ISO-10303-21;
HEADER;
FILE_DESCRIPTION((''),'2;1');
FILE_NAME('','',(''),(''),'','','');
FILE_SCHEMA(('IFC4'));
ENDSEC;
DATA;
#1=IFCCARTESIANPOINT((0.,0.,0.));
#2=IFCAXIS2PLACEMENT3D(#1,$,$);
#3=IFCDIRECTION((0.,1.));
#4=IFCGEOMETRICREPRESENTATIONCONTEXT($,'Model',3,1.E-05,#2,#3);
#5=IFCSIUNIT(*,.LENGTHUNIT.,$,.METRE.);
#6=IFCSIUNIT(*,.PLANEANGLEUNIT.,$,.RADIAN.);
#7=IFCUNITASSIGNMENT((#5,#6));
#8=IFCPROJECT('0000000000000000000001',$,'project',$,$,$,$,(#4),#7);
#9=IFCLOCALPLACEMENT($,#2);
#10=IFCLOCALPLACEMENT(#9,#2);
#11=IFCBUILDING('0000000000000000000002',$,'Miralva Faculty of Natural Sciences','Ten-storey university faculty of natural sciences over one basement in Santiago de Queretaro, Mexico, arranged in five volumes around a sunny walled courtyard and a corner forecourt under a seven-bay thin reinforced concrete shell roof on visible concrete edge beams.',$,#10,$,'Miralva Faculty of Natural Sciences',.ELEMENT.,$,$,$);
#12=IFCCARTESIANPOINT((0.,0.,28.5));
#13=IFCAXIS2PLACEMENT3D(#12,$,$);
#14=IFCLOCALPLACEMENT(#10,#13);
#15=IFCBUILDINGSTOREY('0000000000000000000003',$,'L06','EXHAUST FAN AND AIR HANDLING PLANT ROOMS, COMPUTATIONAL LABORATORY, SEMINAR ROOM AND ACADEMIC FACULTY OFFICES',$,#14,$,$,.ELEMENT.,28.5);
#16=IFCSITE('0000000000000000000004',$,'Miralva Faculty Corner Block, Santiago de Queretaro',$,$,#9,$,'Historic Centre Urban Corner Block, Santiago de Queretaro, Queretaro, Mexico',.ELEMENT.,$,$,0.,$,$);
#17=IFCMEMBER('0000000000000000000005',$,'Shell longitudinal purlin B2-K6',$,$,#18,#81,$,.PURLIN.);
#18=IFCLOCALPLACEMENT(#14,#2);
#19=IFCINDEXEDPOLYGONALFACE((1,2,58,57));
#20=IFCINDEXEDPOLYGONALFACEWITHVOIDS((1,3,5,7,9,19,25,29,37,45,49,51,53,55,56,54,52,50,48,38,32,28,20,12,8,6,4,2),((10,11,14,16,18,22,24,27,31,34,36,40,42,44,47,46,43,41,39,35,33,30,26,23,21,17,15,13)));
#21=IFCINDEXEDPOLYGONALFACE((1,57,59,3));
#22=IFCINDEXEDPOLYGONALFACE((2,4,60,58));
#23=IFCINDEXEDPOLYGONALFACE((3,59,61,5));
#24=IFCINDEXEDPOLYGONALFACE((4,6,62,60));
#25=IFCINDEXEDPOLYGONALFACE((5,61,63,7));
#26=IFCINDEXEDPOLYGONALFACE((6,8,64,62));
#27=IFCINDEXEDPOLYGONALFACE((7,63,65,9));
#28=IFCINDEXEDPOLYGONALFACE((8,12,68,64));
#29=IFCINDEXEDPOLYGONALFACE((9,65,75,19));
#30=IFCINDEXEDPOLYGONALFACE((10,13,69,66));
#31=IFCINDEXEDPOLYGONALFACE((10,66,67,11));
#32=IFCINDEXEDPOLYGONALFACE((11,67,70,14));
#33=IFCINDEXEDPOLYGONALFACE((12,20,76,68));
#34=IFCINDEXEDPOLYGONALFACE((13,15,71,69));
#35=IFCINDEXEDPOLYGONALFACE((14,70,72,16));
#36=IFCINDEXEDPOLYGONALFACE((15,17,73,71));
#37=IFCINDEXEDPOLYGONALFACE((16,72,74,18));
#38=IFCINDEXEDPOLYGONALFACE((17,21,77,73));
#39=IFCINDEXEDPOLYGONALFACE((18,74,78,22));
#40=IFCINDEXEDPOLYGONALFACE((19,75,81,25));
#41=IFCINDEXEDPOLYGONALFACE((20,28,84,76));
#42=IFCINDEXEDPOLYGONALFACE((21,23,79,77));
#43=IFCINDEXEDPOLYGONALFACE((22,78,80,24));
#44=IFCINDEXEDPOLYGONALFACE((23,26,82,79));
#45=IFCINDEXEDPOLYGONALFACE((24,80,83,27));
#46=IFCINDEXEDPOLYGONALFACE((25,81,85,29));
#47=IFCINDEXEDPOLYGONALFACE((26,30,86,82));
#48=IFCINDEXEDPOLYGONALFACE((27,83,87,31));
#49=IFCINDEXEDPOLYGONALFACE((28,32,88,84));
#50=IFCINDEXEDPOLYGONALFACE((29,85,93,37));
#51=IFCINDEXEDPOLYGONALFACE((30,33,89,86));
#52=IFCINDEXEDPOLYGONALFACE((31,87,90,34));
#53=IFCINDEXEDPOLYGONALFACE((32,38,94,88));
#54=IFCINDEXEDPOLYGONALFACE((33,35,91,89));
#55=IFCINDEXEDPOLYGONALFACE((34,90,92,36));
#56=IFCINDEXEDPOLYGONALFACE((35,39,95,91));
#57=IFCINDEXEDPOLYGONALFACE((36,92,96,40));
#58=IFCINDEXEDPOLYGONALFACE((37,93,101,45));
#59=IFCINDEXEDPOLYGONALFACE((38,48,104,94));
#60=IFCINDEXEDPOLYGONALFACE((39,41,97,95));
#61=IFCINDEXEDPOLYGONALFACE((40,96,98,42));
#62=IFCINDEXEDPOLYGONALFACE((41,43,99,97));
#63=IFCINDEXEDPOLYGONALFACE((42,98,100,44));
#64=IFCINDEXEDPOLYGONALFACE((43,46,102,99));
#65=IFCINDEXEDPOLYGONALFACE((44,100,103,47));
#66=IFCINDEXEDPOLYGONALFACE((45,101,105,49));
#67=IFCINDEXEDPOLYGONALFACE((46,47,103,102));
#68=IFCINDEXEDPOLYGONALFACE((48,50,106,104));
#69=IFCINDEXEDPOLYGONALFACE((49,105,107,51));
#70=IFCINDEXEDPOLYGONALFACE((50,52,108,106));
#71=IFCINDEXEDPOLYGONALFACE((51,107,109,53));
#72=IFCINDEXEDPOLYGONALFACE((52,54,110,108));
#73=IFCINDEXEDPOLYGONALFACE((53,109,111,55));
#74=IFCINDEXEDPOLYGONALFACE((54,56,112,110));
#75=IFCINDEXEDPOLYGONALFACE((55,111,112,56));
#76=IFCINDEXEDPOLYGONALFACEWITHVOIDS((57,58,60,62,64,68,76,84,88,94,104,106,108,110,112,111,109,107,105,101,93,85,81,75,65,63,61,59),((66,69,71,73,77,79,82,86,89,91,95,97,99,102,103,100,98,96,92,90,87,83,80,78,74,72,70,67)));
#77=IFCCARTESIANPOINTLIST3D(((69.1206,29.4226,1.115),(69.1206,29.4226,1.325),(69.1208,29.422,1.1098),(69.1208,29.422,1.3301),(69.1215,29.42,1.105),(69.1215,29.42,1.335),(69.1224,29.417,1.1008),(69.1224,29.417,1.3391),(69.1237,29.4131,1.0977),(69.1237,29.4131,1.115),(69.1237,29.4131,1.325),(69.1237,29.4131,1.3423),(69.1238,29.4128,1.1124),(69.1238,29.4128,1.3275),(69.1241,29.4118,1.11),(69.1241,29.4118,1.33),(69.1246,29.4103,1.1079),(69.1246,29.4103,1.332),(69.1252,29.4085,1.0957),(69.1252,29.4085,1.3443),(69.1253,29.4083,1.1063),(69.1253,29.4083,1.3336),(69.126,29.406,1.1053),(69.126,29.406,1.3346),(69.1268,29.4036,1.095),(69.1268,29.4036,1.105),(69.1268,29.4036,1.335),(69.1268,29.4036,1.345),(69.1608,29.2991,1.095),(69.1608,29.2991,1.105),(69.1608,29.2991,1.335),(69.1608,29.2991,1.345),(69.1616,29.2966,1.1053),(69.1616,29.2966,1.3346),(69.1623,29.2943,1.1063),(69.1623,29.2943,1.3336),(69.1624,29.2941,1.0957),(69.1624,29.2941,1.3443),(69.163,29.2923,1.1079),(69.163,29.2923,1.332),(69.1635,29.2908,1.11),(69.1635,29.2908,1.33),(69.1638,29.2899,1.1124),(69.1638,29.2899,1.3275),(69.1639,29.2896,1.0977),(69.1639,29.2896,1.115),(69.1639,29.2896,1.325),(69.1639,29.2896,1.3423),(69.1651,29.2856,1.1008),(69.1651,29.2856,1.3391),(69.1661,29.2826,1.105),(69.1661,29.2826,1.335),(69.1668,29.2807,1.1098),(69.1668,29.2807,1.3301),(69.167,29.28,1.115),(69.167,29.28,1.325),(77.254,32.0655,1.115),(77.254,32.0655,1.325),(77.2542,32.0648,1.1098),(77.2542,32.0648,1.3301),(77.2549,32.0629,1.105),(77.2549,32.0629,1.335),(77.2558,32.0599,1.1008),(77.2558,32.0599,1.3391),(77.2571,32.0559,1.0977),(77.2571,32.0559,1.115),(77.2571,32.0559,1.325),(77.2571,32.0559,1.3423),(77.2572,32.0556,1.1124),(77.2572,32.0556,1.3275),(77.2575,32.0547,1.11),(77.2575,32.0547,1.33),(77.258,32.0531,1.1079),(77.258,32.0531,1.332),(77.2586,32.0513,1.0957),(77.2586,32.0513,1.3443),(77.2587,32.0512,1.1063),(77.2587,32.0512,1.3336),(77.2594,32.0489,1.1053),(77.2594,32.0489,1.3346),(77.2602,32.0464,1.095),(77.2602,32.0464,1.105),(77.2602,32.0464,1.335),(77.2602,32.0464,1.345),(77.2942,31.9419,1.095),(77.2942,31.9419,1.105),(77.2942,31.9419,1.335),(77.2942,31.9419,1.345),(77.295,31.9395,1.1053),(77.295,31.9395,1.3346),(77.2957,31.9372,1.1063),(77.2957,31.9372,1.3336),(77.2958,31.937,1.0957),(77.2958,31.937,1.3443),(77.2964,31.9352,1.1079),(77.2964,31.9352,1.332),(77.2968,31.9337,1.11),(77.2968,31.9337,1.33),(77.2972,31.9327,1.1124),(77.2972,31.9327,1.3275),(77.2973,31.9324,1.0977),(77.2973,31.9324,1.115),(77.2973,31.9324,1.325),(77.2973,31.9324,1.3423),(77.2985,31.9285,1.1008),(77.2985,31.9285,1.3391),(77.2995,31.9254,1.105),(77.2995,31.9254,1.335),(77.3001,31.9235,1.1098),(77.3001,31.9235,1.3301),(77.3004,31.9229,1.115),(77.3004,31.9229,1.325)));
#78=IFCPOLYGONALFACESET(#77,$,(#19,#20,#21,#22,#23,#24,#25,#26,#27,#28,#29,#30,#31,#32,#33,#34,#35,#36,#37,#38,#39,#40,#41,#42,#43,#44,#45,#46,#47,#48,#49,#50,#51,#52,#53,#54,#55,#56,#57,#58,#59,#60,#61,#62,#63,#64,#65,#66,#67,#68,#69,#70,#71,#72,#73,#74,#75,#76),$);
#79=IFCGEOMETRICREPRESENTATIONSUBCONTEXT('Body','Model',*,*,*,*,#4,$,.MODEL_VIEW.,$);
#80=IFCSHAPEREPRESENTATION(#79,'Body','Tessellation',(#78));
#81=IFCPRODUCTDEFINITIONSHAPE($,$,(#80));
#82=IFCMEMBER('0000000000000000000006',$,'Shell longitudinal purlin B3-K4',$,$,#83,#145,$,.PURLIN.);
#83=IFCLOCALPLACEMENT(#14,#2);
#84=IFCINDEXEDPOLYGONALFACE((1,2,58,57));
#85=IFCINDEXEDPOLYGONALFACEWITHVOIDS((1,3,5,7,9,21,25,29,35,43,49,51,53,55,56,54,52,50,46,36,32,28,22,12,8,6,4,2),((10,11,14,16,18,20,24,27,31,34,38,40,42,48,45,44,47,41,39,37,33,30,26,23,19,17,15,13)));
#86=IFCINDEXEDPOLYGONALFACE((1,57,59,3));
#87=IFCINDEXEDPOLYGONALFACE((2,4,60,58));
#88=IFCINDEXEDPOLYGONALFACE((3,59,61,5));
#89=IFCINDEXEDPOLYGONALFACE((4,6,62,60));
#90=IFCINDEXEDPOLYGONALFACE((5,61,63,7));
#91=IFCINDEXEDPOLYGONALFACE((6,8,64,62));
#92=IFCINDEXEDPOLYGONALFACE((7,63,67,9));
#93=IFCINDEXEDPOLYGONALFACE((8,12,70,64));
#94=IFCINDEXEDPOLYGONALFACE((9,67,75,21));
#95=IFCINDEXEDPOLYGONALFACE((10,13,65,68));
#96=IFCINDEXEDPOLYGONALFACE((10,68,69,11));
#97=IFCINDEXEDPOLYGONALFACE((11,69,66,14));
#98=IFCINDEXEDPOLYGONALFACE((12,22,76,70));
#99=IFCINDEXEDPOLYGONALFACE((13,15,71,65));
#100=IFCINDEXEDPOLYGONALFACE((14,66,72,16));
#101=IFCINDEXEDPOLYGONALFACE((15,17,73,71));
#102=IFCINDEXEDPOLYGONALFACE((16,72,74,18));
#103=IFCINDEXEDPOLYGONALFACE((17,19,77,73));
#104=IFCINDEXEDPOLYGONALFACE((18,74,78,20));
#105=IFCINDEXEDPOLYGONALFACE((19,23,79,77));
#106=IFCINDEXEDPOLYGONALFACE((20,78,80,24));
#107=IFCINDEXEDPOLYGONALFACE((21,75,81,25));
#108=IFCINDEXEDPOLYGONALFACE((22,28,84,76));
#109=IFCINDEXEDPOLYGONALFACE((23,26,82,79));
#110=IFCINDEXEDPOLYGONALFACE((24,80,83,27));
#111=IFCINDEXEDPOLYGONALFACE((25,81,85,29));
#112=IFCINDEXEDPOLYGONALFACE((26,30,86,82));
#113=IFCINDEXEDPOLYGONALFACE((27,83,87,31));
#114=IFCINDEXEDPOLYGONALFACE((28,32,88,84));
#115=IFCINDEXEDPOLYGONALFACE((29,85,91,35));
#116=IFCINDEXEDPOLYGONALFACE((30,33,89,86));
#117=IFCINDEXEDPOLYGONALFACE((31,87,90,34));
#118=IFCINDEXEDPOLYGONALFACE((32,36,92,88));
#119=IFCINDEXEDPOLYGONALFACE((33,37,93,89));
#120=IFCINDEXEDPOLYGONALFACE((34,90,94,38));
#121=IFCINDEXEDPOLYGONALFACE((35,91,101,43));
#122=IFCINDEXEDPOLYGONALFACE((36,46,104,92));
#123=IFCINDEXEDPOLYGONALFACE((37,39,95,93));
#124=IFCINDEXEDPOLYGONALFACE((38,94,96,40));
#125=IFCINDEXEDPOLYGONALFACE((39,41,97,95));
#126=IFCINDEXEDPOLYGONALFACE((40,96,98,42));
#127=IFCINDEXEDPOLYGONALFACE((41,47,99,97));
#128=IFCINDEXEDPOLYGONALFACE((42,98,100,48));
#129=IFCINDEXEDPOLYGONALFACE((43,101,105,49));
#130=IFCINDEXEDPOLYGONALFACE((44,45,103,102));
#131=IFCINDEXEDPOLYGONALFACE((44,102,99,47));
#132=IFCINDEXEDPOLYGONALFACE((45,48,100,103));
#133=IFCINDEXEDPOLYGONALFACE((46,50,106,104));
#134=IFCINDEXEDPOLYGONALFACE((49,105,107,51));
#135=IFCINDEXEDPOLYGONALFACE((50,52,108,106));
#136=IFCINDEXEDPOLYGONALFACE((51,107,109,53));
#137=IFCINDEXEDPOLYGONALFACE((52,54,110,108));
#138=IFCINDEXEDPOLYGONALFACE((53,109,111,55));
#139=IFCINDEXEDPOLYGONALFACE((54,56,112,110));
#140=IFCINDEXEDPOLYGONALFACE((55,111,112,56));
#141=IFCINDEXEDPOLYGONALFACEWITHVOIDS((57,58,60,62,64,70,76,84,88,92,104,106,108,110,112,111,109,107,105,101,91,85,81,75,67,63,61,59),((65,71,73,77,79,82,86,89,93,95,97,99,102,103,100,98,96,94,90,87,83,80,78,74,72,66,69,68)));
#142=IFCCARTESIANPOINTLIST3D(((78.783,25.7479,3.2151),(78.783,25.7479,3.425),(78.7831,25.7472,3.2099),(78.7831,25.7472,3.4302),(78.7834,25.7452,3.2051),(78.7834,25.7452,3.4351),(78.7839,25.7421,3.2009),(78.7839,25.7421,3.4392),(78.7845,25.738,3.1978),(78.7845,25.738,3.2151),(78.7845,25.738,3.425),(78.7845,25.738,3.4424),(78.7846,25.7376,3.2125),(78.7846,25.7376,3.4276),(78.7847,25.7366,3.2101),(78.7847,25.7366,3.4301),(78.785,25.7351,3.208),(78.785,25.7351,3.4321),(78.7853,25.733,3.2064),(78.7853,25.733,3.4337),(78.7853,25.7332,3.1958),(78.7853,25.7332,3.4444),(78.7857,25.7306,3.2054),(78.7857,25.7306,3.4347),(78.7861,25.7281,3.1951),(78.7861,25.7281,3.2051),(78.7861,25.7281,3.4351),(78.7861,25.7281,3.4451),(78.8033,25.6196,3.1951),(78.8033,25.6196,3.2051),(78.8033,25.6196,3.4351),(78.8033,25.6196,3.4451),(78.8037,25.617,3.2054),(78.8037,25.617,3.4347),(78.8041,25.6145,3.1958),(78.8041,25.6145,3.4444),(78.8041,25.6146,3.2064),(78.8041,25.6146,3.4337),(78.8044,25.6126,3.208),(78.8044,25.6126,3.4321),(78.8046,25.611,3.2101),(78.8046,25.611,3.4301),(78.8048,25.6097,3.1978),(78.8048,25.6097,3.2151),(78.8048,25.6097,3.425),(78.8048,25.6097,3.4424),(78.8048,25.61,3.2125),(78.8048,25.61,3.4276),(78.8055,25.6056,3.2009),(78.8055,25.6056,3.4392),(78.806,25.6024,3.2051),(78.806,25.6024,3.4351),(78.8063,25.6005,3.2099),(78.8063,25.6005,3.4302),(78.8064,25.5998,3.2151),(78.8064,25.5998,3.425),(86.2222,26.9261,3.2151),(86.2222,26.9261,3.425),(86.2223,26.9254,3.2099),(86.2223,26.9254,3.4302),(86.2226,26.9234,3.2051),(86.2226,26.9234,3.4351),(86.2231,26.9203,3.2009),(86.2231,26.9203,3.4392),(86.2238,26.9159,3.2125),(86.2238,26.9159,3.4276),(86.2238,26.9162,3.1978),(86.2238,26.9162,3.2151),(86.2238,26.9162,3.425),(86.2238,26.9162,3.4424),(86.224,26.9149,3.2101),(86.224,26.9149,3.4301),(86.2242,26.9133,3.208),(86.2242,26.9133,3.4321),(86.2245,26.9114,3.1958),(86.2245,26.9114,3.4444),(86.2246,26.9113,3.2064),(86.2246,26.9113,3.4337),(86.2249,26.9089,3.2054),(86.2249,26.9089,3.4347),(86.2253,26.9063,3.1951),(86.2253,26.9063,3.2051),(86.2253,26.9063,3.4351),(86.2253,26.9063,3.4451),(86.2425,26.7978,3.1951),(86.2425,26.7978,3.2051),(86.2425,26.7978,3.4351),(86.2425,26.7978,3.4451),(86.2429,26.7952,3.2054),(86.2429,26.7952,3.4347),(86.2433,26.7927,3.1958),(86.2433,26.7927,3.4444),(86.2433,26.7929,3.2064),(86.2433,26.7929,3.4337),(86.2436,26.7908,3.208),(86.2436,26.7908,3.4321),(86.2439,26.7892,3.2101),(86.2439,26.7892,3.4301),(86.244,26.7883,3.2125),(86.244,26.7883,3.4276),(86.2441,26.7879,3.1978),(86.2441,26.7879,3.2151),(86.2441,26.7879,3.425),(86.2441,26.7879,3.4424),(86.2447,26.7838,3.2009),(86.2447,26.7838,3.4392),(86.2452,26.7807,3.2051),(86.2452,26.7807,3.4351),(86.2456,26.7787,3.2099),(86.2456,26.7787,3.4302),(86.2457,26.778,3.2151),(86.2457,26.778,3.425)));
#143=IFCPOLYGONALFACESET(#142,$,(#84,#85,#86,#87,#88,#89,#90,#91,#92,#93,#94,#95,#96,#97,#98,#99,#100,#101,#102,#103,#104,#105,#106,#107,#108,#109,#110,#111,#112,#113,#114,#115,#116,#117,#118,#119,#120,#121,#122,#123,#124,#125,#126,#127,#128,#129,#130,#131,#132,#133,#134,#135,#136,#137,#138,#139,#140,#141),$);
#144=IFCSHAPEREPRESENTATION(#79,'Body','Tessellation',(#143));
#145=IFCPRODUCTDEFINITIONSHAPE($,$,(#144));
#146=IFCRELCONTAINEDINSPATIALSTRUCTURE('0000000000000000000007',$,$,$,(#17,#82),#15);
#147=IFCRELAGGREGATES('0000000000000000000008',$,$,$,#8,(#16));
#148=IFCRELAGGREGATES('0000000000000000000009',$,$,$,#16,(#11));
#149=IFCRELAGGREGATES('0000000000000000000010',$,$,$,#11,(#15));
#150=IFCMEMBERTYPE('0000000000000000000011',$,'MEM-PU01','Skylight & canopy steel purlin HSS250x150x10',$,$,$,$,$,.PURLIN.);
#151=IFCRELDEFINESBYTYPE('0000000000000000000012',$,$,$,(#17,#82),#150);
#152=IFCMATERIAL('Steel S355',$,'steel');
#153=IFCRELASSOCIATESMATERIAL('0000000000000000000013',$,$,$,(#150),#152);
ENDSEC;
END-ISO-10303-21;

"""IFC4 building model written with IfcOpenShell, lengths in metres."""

from ifc_helpers import new_model, si_unit, direction, frame, origin, origin_2d, place, context, subcontext, project, spatial, hollow_rectangle, extrude, material, material_profile, profile_set, type_object, element, save


model = new_model("IFC4")

# Units and contexts
model_context = context("Model", 3, precision=1e-05, world=origin(), true_north=direction((0.0, 1.0)))
body_context = subcontext(model_context, "Body", "Model", "MODEL_VIEW")
ifc_project = project(units=[si_unit("LENGTHUNIT", "METRE"), si_unit("PLANEANGLEUNIT", "RADIAN")], contexts=[model_context])

# Site, building, storey
site_placement = place(None, origin())
site = spatial("IfcSite", under=ifc_project, at=site_placement, Name="Miralva Faculty Corner Block, Santiago de Queretaro", LongName="Historic Centre Urban Corner Block, Santiago de Queretaro, Queretaro, Mexico", CompositionType="ELEMENT", RefElevation=0.0)
building_placement = place(site_placement, origin())
building = spatial("IfcBuilding", under=site, at=building_placement, Name="Miralva Faculty of Natural Sciences", Description="Ten-storey university faculty of natural sciences over one basement in Santiago de Queretaro, Mexico, arranged in five volumes around a sunny walled courtyard and a corner forecourt under a seven-bay thin reinforced concrete shell roof on visible concrete edge beams.", LongName="Miralva Faculty of Natural Sciences", CompositionType="ELEMENT")
storey_placement = place(building_placement, frame((0.0, 0.0, 28.5)))
storey = spatial("IfcBuildingStorey", under=building, at=storey_placement, Name="L06", Description="EXHAUST FAN AND AIR HANDLING PLANT ROOMS, COMPUTATIONAL LABORATORY, SEMINAR ROOM AND ACADEMIC FACULTY OFFICES", CompositionType="ELEMENT", Elevation=28.5)

# Members
ifc_material_1 = material(Name="Steel S355", Category="steel")
ifc_material_profile_1 = material_profile(ifc_material_1, hollow_rectangle(XDim=0.1499, YDim=0.25, WallThickness=0.01, InnerFilletRadius=0.01, OuterFilletRadius=0.02, at=origin_2d()), Name="HSS 250x150x10")
ifc_profile_set_1 = profile_set([ifc_material_profile_1], Name="Steel S355")
member_type = type_object("IfcMemberType", Name="MEM-PU01", Description="Skylight & canopy steel purlin HSS250x150x10", PredefinedType="PURLIN", material=ifc_profile_set_1)
member_1_placement = place(storey_placement, frame((69.1438, 29.3513, 1.22), z_axis=(0.951051, 0.309033, 0.0), x_axis=(-0.309033, 0.951051, 0.0)))
element("IfcMember", 1, at=member_1_placement, inside=storey, type_object=member_type, Name="Shell longitudinal purlin B2-K6", PredefinedType="PURLIN", context=body_context, shape_type="SweptSolid", body=[
    extrude(hollow_rectangle(XDim=0.1499, YDim=0.25, WallThickness=0.01, InnerFilletRadius=0.01, OuterFilletRadius=0.02, at=origin_2d()), origin(), (0.0, 0.0, 1.0), 8.552),
])
member_2_placement = place(storey_placement, frame((78.7947, 25.6738, 3.3201), z_axis=(0.987689, 0.15643, 0.0), x_axis=(-0.15643, 0.987689, 0.0)))
element("IfcMember", 2, at=member_2_placement, inside=storey, type_object=member_type, Name="Shell longitudinal purlin B3-K4", PredefinedType="PURLIN", context=body_context, shape_type="SweptSolid", body=[
    extrude(hollow_rectangle(XDim=0.1499, YDim=0.25, WallThickness=0.01, InnerFilletRadius=0.01, OuterFilletRadius=0.02, at=origin_2d()), origin(), (0.0, 0.0, 1.0), 7.532),
])

save(model, "model.ifc")
